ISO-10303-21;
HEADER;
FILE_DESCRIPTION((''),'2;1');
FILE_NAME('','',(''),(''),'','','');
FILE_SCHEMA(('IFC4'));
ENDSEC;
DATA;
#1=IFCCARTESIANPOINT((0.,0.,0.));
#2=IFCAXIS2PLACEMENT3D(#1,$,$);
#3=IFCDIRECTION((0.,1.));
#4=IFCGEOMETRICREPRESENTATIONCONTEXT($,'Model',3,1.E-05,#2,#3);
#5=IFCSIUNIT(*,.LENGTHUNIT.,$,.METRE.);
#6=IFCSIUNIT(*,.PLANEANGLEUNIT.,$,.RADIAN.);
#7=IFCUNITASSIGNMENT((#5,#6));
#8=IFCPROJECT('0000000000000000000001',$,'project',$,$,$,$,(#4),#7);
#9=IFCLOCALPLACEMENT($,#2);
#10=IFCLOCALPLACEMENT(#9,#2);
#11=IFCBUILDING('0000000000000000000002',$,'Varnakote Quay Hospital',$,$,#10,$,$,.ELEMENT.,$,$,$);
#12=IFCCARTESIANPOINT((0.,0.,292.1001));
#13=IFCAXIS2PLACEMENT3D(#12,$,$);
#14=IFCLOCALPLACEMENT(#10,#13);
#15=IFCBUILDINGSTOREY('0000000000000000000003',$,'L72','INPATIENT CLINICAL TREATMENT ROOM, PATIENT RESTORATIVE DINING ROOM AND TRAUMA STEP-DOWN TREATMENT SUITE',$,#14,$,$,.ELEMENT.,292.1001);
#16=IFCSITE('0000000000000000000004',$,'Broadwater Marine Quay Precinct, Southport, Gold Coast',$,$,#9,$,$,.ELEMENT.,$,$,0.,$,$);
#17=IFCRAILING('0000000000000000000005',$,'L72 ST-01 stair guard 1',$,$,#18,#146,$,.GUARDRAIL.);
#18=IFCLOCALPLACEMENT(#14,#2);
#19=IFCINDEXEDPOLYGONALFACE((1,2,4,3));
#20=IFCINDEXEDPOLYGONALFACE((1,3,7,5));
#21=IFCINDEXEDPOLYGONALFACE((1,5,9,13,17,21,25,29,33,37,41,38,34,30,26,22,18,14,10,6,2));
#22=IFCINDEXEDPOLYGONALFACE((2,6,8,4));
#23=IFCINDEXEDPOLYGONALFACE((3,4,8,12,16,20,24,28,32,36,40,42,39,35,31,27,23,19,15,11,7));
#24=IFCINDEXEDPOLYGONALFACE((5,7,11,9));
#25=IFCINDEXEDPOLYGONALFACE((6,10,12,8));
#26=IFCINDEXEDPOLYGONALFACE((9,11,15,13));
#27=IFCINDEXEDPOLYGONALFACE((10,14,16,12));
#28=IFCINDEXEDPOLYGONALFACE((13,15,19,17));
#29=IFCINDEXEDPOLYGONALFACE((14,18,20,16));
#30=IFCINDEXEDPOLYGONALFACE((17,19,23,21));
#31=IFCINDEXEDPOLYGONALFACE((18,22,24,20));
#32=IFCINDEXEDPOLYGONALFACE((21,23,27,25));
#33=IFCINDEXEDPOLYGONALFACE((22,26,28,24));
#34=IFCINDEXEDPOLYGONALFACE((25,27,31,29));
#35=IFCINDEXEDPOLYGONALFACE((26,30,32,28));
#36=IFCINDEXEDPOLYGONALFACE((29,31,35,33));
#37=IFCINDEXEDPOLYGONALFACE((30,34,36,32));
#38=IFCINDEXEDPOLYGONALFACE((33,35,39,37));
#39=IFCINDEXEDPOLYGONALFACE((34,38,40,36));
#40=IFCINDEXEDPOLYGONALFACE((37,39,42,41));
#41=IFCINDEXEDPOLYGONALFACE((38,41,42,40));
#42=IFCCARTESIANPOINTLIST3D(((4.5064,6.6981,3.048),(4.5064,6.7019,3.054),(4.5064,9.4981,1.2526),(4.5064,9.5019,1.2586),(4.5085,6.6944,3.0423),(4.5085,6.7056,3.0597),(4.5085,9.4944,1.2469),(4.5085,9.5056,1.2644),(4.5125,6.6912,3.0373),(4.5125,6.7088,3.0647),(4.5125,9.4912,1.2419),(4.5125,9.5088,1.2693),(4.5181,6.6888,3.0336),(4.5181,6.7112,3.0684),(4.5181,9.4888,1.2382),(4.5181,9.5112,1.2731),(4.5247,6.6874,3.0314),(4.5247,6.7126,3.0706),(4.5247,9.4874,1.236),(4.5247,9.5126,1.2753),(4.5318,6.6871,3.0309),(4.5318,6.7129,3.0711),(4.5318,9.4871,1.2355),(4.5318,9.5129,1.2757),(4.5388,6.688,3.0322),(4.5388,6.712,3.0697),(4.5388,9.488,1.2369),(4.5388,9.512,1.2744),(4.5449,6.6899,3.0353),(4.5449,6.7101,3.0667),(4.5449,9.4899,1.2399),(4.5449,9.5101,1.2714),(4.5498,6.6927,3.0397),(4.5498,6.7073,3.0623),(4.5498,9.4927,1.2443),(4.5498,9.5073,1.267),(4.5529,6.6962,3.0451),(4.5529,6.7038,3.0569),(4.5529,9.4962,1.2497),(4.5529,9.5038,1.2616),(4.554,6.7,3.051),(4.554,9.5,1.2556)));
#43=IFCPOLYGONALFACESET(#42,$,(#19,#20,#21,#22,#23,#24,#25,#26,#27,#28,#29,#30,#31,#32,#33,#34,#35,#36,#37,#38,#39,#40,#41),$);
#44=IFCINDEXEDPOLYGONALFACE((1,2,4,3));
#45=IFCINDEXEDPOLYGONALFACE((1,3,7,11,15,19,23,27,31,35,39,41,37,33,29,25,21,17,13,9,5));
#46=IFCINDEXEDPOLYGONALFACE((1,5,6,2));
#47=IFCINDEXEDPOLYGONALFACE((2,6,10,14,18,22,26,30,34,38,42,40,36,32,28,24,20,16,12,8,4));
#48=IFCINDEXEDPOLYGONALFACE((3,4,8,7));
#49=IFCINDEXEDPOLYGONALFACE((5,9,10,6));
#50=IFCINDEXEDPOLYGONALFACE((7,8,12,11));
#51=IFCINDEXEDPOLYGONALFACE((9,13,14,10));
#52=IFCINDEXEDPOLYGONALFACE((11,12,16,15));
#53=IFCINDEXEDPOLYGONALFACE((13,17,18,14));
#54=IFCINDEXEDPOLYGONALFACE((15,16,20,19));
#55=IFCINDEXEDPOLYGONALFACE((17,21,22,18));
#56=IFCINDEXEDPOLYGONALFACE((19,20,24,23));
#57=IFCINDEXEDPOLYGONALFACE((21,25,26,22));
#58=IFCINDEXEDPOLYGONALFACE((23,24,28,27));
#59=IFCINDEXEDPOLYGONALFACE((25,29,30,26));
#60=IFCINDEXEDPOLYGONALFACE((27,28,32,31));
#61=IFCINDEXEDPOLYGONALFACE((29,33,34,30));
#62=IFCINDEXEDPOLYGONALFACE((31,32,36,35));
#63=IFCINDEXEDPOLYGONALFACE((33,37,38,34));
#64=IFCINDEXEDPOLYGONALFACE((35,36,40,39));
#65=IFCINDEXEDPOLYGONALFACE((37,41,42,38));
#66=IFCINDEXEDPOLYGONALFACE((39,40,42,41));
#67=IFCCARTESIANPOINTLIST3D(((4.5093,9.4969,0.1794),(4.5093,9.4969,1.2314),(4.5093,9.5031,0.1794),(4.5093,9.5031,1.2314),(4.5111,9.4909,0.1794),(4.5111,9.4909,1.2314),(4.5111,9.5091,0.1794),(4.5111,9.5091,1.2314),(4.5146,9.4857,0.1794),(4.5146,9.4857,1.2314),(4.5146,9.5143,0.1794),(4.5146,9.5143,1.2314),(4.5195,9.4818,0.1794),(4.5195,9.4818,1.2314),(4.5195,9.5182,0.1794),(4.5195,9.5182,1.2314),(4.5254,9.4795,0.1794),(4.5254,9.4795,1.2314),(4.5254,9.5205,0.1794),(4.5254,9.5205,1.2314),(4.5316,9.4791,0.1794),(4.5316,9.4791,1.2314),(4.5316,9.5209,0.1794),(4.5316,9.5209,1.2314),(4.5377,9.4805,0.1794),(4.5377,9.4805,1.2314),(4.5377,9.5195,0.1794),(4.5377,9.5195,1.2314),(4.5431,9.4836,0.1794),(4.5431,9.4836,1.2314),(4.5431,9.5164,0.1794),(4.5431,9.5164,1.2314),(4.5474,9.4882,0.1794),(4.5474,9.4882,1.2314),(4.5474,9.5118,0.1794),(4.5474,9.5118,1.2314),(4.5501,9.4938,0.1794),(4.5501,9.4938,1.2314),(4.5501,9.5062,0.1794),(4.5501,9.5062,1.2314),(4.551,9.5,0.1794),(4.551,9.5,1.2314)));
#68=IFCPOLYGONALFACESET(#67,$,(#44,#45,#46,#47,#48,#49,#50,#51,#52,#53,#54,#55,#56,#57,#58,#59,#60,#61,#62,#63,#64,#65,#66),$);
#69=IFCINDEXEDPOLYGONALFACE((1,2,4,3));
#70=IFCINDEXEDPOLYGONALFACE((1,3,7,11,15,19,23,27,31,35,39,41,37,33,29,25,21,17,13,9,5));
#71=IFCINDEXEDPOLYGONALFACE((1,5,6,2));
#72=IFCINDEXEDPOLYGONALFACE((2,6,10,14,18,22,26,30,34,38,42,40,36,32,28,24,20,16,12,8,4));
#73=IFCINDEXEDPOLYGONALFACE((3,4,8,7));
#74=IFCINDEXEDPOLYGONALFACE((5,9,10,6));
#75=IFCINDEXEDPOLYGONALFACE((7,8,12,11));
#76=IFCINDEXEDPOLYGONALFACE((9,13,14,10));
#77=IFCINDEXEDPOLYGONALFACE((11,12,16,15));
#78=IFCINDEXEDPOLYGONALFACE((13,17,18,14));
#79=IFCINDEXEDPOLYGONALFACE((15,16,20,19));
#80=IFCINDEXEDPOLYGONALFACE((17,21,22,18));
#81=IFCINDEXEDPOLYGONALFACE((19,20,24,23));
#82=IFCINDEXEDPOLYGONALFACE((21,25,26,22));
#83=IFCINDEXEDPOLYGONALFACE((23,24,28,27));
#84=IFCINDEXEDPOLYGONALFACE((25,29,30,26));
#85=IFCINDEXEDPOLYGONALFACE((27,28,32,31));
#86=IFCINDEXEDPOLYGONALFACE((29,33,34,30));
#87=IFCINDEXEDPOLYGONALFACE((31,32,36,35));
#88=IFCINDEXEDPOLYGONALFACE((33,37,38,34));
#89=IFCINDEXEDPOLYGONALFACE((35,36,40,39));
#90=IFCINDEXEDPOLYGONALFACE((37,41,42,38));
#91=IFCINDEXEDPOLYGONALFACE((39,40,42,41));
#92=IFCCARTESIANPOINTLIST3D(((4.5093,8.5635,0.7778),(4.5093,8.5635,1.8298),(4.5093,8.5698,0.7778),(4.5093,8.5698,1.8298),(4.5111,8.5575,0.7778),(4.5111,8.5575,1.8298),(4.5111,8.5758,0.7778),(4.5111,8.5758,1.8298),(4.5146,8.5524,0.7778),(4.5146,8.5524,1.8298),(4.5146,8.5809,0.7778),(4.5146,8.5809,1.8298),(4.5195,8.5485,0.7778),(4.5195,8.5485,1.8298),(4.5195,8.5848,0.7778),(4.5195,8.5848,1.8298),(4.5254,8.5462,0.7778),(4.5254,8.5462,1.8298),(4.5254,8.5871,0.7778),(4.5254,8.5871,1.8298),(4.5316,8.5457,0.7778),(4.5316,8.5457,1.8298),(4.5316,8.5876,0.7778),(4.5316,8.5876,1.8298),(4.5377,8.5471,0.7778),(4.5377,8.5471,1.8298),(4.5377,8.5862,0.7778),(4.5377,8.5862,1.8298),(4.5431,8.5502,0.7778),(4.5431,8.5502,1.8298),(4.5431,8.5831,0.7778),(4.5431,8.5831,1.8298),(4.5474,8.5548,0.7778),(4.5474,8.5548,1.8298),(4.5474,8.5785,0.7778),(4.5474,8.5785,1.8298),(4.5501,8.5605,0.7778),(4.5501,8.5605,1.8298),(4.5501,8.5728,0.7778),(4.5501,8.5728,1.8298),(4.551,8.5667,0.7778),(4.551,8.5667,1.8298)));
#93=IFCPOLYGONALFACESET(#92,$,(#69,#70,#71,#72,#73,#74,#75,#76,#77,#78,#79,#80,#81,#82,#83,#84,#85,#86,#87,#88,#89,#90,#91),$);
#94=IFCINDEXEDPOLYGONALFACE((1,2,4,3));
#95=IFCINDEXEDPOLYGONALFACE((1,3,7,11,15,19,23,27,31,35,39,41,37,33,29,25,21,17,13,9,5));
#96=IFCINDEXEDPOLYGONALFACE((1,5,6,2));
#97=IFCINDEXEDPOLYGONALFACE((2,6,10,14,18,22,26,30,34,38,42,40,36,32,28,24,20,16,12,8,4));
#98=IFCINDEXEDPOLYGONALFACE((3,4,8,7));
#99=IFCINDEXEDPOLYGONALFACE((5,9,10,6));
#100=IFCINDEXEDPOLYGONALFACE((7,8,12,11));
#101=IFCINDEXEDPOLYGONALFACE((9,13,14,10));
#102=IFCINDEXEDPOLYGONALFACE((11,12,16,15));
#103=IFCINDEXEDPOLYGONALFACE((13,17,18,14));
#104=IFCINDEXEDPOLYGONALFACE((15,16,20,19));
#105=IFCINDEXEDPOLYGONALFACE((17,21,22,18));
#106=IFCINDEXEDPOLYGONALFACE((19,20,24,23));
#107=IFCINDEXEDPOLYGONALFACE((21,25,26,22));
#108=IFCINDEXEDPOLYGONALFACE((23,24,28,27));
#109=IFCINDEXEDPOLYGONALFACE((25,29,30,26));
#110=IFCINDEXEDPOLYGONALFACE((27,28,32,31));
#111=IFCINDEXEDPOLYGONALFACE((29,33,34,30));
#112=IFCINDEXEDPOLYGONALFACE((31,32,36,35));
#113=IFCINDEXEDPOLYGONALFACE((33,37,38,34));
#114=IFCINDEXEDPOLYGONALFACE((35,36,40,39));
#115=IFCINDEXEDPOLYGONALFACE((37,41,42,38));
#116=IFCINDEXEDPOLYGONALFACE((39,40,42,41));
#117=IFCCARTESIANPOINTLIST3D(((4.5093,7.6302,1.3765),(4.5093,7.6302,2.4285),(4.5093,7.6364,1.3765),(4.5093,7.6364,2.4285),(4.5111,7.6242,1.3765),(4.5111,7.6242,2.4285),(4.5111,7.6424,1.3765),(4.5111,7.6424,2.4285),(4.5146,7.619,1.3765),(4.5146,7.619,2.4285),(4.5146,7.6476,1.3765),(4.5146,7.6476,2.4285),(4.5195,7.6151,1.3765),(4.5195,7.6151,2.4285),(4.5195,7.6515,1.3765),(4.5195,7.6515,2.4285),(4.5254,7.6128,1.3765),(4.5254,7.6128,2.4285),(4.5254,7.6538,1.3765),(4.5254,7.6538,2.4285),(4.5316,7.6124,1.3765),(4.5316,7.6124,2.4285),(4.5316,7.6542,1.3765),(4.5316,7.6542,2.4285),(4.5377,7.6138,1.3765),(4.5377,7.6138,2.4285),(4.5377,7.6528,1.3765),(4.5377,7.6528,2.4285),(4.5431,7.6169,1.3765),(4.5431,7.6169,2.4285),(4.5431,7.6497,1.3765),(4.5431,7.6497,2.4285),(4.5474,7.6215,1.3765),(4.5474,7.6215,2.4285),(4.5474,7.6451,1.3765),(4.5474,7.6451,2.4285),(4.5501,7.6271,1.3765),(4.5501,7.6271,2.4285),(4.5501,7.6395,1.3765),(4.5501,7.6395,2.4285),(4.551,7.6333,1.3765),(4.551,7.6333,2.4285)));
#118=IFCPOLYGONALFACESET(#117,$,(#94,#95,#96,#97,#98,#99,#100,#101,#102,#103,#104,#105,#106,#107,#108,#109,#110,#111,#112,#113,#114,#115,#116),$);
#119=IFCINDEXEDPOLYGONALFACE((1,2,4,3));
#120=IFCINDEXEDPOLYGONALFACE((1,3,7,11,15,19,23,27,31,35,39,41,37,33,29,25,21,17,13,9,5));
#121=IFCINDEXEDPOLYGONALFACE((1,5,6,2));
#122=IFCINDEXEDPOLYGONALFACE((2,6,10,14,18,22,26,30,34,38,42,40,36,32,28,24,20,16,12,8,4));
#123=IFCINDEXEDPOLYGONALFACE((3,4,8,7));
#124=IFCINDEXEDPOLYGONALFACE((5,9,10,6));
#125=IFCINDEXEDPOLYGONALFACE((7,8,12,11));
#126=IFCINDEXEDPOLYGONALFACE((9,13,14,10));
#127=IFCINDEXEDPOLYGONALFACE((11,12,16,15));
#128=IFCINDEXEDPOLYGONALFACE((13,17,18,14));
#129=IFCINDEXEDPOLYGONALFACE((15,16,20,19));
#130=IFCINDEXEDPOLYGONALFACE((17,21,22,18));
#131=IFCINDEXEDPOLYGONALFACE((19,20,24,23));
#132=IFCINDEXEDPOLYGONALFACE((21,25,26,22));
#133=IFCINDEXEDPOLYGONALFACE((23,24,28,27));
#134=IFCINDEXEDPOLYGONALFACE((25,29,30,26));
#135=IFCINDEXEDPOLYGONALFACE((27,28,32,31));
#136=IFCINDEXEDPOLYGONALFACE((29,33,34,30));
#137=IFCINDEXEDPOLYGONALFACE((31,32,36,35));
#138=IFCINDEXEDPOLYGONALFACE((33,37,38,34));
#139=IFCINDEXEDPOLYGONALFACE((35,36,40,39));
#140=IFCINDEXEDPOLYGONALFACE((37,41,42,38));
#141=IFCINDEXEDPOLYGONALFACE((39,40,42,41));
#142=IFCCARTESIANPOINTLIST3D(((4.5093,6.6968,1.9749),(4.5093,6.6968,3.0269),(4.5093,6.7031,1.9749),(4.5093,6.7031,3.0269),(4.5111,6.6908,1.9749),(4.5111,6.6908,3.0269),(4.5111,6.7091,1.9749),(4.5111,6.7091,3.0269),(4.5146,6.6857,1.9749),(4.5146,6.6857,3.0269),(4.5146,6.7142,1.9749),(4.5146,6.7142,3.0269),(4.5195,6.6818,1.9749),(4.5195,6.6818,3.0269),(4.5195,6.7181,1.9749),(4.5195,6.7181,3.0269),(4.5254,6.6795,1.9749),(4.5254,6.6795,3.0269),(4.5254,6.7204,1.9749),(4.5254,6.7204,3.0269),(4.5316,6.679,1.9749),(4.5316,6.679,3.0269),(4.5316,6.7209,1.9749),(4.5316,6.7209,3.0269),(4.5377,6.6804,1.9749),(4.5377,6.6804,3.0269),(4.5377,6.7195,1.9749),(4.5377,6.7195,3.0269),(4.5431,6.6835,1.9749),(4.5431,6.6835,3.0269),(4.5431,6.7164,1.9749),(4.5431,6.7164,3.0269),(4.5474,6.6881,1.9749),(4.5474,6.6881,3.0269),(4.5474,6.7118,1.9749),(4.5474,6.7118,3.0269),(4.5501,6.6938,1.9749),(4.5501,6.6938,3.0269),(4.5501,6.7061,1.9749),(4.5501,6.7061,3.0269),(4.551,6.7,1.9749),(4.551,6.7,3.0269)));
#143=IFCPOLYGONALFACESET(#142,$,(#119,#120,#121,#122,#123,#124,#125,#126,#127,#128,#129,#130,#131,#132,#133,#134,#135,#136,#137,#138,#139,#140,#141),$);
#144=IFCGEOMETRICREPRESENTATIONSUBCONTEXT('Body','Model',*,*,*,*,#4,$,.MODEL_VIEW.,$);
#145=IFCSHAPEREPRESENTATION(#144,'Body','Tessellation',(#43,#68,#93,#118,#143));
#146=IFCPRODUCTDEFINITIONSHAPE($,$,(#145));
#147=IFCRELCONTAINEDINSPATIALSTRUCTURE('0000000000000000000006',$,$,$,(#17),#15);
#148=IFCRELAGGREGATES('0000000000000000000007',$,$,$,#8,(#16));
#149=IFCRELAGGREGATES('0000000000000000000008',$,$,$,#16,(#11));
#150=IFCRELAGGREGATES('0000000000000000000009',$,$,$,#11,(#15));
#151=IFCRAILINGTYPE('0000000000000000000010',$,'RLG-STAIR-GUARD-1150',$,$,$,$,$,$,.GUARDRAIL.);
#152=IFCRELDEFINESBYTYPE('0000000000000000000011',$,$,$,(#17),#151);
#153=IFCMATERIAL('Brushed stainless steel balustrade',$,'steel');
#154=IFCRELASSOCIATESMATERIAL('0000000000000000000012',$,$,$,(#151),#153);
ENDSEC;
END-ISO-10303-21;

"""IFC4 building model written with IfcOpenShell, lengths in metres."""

from ifc_helpers import new_model, si_unit, direction, frame, origin, origin_2d, place, context, subcontext, project, spatial, circle, extrude, material, type_object, element, save


model = new_model("IFC4")

# Units and contexts
model_context = context("Model", 3, precision=1e-05, world=origin(), true_north=direction((0.0, 1.0)))
body_context = subcontext(model_context, "Body", "Model", "MODEL_VIEW")
ifc_project = project(units=[si_unit("LENGTHUNIT", "METRE"), si_unit("PLANEANGLEUNIT", "RADIAN")], contexts=[model_context])

# Site, building, storey
site_placement = place(None, origin())
site = spatial("IfcSite", under=ifc_project, at=site_placement, Name="Broadwater Marine Quay Precinct, Southport, Gold Coast", CompositionType="ELEMENT", RefElevation=0.0)
building_placement = place(site_placement, origin())
building = spatial("IfcBuilding", under=site, at=building_placement, Name="Varnakote Quay Hospital", CompositionType="ELEMENT")
storey_placement = place(building_placement, frame((0.0, 0.0, 292.1001)))
storey = spatial("IfcBuildingStorey", under=building, at=storey_placement, Name="L72", Description="INPATIENT CLINICAL TREATMENT ROOM, PATIENT RESTORATIVE DINING ROOM AND TRAUMA STEP-DOWN TREATMENT SUITE", CompositionType="ELEMENT", Elevation=292.1001)

# Railing
ifc_material_1 = material(Name="Brushed stainless steel balustrade", Category="steel")
railing_type_1 = type_object("IfcRailingType", Name="RLG-STAIR-GUARD-1150", PredefinedType="GUARDRAIL", material=ifc_material_1)
railing_1_placement = place(storey_placement, frame((4.53, 9.5, 0.1794)))
element("IfcRailing", 1, at=railing_1_placement, inside=storey, type_object=railing_type_1, Name="L72 ST-01 stair guard 1", PredefinedType="GUARDRAIL", context=body_context, shape_type="SweptSolid", body=[
    extrude(circle(Radius=0.0239, at=origin_2d()), frame((0.0, 0.0, 1.0762), z_axis=(0.0, -0.84181, 0.539774), x_axis=(1.0, 0.0, 0.0)), (0.0, 0.0, 1.0), 3.3262),
    extrude(circle(Radius=0.021, at=origin_2d()), origin(), (0.0, 0.0, 1.0), 1.052),
    extrude(circle(Radius=0.021, at=origin_2d()), frame((0.0, -0.9333, 0.5984)), (0.0, 0.0, 1.0), 1.052),
    extrude(circle(Radius=0.021, at=origin_2d()), frame((0.0, -1.8667, 1.197)), (0.0, 0.0, 1.0), 1.052),
    extrude(circle(Radius=0.021, at=origin_2d()), frame((0.0, -2.8, 1.7954)), (0.0, 0.0, 1.0), 1.052),
])

save(model, "model.ifc")
